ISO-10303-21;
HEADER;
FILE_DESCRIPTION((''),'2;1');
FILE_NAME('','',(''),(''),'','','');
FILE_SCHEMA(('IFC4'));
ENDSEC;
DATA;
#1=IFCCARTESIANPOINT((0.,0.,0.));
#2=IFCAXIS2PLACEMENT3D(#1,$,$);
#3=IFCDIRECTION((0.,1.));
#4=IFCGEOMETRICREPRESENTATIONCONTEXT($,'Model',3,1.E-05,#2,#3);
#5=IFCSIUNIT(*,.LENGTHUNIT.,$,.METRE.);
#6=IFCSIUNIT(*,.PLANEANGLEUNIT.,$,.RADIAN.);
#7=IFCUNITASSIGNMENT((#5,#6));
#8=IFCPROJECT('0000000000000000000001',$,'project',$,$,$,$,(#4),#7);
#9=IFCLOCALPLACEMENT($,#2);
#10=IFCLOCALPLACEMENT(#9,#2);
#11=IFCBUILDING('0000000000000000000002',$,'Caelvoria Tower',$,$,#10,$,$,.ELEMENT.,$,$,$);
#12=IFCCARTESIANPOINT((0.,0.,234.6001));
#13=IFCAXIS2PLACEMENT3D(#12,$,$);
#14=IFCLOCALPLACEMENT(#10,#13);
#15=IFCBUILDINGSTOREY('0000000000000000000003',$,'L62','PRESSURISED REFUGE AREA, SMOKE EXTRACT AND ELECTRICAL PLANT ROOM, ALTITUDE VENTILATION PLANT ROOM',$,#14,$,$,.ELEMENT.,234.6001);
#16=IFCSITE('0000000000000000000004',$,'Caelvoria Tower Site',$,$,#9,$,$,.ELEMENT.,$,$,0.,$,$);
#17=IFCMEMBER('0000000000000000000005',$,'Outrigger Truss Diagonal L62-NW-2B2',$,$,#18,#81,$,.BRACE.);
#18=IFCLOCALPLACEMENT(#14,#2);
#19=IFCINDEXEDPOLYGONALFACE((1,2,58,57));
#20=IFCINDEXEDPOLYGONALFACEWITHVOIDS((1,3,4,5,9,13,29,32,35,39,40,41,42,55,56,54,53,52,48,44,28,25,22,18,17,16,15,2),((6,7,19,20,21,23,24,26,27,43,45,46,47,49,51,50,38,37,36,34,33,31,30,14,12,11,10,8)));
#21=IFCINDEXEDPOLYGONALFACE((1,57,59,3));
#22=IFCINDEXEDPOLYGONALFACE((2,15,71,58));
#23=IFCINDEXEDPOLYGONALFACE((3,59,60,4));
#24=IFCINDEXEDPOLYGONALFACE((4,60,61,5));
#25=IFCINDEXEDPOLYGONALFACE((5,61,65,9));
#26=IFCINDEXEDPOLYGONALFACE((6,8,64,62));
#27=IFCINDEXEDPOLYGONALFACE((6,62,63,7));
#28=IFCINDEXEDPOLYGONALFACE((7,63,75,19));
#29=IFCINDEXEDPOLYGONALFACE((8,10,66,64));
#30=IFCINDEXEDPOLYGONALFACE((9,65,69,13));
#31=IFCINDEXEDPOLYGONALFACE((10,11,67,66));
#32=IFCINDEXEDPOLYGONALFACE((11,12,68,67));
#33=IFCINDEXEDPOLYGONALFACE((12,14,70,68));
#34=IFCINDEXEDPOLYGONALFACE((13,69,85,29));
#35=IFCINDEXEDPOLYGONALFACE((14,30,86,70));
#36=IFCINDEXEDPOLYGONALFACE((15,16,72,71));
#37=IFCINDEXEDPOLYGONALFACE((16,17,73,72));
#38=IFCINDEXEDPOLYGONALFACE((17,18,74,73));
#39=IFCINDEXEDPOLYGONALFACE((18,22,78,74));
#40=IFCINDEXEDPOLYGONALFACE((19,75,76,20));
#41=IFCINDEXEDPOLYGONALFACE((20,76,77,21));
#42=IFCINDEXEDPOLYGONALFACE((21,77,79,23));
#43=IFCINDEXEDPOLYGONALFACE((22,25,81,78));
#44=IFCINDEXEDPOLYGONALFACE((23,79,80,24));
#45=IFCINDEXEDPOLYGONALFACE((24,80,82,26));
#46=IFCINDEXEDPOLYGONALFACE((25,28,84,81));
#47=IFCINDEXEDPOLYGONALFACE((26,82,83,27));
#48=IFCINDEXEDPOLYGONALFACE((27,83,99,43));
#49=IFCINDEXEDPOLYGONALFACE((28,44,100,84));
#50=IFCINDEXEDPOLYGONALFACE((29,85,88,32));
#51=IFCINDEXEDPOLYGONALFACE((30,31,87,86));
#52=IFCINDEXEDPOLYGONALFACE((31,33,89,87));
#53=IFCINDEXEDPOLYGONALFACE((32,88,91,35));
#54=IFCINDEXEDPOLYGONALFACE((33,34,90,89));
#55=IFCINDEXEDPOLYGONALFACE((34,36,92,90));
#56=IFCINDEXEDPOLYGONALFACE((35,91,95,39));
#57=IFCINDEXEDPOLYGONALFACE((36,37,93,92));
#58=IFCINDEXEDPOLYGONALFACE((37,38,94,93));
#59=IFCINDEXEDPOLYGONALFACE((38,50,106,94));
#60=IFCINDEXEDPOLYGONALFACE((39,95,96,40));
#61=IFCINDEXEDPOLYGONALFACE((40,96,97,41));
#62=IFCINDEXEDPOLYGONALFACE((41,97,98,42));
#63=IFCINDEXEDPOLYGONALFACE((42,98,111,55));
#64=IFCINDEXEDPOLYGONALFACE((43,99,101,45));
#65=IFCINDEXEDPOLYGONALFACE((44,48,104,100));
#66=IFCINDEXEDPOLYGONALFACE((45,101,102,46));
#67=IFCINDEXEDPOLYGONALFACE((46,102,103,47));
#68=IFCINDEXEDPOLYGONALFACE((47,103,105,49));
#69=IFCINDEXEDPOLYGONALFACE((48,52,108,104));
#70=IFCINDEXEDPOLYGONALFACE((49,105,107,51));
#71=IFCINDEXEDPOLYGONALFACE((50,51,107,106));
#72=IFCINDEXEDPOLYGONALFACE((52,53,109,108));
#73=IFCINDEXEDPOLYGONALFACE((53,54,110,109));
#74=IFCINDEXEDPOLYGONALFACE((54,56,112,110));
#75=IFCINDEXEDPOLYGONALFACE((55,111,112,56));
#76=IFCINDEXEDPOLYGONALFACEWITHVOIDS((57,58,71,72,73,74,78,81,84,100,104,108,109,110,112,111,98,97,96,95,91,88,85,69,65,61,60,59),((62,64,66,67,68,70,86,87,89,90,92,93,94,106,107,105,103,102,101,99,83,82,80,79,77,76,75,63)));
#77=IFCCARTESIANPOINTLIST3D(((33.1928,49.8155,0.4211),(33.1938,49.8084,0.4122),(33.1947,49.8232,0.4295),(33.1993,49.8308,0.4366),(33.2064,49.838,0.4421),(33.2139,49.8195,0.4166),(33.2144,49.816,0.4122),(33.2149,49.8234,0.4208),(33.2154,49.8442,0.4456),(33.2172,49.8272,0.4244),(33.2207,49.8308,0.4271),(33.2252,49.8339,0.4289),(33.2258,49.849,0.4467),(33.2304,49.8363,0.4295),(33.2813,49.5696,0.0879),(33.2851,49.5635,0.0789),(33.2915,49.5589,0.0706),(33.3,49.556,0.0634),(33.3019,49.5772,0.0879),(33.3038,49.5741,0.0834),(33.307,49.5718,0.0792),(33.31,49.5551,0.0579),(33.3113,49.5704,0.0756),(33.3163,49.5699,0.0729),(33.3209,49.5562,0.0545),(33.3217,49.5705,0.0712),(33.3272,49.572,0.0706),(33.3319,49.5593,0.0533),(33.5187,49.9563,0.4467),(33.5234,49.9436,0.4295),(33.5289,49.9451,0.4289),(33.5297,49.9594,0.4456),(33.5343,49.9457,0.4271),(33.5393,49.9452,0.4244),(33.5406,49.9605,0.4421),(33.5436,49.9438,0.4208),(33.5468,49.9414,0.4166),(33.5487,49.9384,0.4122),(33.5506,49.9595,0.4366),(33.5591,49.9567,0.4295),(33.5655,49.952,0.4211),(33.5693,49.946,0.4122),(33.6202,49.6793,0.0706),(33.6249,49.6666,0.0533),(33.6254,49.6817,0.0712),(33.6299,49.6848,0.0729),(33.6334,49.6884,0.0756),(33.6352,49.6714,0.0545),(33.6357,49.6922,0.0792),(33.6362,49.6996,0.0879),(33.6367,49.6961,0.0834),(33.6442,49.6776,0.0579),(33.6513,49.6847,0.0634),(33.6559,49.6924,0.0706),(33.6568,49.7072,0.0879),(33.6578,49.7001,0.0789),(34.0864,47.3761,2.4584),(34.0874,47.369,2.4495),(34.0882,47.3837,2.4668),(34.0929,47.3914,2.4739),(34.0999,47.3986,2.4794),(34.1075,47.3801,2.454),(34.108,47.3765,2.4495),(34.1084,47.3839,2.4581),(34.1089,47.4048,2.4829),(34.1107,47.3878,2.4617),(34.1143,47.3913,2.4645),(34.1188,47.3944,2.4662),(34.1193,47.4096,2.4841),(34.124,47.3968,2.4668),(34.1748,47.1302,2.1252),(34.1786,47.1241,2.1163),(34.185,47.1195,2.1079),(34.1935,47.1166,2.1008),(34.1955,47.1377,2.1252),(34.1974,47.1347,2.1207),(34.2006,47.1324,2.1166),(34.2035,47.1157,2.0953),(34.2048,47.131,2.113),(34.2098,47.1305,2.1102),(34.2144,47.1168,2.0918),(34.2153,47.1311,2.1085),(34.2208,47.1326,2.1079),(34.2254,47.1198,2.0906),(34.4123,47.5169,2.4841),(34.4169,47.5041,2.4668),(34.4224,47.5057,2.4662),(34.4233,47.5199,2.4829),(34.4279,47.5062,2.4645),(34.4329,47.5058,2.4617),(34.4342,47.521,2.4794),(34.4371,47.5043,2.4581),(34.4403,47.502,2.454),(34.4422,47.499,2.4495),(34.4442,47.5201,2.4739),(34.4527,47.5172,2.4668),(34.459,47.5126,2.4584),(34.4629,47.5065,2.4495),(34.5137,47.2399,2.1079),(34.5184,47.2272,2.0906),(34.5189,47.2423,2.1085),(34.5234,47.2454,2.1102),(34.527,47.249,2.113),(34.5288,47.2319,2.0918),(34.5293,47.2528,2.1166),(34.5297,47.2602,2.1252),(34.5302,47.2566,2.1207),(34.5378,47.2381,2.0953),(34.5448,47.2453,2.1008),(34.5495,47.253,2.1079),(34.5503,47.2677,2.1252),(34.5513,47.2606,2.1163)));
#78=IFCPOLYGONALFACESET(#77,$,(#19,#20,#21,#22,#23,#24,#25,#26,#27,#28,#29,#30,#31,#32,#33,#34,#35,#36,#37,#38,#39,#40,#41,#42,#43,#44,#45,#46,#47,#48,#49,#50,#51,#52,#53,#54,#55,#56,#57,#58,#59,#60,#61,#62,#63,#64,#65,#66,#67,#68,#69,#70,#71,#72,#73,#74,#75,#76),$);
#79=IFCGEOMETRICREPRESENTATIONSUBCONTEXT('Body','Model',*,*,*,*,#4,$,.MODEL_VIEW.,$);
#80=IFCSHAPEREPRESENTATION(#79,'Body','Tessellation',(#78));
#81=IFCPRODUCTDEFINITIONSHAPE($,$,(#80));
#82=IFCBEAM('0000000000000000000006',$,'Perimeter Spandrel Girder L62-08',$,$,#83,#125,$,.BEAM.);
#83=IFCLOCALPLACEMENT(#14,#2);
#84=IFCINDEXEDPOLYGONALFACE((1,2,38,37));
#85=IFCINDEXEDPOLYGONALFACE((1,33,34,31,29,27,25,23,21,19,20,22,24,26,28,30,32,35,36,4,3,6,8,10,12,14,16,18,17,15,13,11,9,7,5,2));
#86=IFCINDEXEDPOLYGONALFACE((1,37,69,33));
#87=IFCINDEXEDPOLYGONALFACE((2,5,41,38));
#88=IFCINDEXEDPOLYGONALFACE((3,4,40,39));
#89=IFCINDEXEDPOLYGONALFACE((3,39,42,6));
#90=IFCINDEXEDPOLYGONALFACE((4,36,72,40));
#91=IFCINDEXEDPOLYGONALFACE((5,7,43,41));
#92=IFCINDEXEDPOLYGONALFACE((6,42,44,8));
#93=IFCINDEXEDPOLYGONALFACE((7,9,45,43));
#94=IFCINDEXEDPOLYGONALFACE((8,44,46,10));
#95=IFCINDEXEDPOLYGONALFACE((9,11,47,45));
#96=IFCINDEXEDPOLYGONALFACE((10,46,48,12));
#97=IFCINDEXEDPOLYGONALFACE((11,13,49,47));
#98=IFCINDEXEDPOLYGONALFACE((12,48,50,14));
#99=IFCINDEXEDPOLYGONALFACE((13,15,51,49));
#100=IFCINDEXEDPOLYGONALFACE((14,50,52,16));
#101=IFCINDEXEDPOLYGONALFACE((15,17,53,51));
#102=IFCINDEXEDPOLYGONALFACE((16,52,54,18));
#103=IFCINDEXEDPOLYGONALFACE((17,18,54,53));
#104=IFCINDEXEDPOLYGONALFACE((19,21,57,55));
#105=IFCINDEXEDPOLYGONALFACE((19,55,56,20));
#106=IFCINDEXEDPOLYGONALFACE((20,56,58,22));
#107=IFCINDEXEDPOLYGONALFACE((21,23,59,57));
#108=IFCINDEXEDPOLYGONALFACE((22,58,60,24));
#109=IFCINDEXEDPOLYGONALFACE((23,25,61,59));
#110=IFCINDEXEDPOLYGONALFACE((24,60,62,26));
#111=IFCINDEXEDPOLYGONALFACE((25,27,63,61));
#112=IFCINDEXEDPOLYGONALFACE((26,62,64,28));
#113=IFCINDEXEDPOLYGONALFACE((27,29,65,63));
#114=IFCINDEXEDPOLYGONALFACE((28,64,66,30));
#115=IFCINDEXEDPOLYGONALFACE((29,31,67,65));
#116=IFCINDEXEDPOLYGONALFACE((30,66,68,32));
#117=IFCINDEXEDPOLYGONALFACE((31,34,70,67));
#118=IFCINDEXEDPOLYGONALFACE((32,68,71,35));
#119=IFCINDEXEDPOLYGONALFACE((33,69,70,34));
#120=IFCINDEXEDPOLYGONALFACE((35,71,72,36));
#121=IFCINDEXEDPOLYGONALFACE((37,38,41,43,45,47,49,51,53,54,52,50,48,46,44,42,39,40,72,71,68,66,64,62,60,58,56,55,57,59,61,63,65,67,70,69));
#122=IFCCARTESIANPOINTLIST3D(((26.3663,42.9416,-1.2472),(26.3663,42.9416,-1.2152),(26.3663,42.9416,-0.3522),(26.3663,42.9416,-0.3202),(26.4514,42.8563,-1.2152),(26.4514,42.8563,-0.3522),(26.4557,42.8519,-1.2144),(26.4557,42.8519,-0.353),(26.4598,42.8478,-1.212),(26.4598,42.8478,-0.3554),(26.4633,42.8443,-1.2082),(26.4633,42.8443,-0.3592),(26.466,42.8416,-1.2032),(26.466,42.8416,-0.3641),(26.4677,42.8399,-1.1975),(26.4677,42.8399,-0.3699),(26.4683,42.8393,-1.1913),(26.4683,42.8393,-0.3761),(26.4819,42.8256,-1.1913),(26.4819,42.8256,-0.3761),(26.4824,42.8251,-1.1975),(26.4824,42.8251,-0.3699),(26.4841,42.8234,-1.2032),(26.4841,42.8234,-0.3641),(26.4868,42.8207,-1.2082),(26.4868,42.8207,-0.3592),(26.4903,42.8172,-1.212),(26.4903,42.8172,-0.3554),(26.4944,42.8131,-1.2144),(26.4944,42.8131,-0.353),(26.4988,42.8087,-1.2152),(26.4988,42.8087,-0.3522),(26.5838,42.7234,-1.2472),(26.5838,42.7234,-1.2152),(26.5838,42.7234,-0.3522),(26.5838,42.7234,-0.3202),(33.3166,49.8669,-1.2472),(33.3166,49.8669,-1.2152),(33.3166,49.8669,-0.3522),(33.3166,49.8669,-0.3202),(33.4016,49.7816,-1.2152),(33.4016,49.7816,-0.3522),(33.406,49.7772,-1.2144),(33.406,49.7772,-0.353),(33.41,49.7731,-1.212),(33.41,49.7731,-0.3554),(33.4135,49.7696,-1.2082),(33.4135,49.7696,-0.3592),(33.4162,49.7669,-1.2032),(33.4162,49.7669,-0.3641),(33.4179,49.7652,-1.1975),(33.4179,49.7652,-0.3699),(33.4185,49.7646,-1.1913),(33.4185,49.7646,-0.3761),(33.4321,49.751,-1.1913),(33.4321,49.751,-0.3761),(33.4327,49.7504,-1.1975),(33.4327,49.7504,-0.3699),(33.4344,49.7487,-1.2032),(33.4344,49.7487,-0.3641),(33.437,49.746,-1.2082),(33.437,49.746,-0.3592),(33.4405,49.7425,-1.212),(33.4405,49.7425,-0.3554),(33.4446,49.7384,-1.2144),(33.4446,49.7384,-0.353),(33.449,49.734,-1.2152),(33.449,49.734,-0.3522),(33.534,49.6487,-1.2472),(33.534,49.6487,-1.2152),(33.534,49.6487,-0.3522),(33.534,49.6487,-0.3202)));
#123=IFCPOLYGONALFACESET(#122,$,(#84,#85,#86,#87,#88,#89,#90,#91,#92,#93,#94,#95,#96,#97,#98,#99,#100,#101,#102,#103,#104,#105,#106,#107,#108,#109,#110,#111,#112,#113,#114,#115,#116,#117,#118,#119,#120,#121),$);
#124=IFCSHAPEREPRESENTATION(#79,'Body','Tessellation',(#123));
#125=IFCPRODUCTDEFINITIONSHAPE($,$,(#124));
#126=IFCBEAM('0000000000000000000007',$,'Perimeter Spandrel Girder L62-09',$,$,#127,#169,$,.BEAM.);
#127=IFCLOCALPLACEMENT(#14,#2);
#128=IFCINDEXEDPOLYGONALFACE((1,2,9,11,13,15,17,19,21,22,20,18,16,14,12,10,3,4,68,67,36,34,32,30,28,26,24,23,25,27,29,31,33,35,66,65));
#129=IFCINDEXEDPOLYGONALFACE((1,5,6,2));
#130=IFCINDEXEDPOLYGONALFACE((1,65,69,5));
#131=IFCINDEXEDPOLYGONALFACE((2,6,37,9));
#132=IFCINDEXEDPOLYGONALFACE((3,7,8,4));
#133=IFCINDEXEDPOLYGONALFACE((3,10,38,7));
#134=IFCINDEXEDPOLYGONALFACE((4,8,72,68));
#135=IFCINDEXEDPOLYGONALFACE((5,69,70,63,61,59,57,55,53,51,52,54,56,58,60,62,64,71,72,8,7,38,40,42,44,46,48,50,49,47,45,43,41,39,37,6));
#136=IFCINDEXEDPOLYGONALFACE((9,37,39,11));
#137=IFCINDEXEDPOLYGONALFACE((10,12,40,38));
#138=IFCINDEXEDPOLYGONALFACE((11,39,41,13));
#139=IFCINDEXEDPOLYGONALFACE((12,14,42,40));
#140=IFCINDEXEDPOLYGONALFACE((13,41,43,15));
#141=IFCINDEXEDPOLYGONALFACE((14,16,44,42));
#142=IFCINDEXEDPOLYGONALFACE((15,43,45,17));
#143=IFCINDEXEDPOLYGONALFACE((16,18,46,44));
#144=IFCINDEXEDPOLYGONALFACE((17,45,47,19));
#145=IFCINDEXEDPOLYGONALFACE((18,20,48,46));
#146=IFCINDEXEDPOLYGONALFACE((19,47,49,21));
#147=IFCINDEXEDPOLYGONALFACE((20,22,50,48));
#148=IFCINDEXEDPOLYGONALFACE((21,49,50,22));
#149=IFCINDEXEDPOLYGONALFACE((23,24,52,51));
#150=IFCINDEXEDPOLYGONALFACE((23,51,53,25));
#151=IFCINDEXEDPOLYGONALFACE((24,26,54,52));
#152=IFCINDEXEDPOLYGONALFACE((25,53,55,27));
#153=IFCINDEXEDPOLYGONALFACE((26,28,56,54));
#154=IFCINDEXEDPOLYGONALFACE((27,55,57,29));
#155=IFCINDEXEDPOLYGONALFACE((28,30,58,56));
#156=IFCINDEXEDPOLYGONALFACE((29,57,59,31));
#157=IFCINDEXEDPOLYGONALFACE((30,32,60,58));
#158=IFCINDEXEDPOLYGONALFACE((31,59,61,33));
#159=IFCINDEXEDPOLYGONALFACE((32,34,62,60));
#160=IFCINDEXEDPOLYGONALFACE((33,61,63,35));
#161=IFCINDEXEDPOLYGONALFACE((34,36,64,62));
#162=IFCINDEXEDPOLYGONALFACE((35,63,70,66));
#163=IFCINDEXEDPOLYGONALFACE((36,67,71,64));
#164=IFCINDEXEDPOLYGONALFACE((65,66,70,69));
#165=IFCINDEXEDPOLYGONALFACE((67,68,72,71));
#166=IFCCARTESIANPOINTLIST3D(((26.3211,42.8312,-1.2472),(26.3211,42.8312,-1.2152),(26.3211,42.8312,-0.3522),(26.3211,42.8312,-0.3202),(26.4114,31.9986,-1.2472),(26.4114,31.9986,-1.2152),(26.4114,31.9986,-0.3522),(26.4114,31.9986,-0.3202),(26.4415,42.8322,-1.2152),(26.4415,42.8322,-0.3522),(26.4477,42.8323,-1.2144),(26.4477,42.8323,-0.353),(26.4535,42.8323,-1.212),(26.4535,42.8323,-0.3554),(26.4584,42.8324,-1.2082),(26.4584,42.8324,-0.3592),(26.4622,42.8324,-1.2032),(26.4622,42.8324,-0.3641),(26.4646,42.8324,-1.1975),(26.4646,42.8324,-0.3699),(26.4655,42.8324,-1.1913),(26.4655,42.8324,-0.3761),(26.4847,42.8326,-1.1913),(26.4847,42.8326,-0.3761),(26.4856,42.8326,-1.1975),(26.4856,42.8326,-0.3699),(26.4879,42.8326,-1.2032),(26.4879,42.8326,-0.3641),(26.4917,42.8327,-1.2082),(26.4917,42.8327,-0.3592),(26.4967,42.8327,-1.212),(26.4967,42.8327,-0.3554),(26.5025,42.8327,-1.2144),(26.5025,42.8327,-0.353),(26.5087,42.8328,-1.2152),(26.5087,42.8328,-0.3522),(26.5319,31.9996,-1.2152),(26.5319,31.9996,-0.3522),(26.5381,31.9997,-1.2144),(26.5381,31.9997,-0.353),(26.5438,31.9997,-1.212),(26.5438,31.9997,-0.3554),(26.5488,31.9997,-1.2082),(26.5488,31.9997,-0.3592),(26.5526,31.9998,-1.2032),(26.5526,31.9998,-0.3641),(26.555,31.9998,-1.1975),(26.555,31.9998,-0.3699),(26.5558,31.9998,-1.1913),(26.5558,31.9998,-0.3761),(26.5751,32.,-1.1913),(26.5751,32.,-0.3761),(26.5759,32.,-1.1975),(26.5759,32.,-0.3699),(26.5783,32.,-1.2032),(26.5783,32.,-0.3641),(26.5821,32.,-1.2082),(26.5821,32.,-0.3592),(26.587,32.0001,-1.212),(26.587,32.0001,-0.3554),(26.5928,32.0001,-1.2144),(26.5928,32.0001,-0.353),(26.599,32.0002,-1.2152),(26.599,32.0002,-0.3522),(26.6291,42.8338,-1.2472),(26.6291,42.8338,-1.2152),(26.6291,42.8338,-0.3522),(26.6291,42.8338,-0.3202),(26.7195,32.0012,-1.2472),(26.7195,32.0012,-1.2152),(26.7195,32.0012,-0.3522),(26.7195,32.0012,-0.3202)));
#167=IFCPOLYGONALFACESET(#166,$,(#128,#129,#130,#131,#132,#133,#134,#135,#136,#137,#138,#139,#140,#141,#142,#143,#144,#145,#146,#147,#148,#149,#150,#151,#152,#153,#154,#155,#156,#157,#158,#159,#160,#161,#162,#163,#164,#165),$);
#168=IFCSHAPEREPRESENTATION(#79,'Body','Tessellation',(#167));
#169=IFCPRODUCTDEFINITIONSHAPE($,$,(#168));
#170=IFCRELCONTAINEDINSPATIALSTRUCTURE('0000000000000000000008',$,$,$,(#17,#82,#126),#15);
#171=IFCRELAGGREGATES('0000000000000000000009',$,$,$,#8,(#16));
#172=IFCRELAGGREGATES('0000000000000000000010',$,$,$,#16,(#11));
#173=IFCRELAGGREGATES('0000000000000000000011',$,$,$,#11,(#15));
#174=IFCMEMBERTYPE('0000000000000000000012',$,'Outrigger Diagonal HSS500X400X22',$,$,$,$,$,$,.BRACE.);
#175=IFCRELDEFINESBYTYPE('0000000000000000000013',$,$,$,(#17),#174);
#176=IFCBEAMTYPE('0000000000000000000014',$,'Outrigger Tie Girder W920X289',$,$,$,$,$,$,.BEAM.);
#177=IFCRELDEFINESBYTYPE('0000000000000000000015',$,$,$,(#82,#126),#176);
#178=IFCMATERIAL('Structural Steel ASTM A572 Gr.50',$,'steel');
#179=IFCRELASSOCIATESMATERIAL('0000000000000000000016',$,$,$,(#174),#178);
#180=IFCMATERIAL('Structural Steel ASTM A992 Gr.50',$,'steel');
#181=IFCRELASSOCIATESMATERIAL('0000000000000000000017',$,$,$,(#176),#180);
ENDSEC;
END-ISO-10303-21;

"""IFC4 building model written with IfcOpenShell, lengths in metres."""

from ifc_helpers import new_model, si_unit, direction, frame, origin, origin_2d, place, context, subcontext, project, spatial, hollow_rectangle, i_section, extrude, material, material_profile, profile_set, type_object, element, save


model = new_model("IFC4")

# Units and contexts
model_context = context("Model", 3, precision=1e-05, world=origin(), true_north=direction((0.0, 1.0)))
body_context = subcontext(model_context, "Body", "Model", "MODEL_VIEW")
ifc_project = project(units=[si_unit("LENGTHUNIT", "METRE"), si_unit("PLANEANGLEUNIT", "RADIAN")], contexts=[model_context])

# Site, building, storey
site_placement = place(None, origin())
site = spatial("IfcSite", under=ifc_project, at=site_placement, Name="Caelvoria Tower Site", CompositionType="ELEMENT", RefElevation=0.0)
building_placement = place(site_placement, origin())
building = spatial("IfcBuilding", under=site, at=building_placement, Name="Caelvoria Tower", CompositionType="ELEMENT")
storey_placement = place(building_placement, frame((0.0, 0.0, 234.6001)))
storey = spatial("IfcBuildingStorey", under=building, at=storey_placement, Name="L62", Description="PRESSURISED REFUGE AREA, SMOKE EXTRACT AND ELECTRICAL PLANT ROOM, ALTITUDE VENTILATION PLANT ROOM", CompositionType="ELEMENT", Elevation=234.6001)

# Shared definitions
ifc_material_1 = material(Name="Structural Steel ASTM A572 Gr.50", Category="steel")

# Member
ifc_material_profile_1 = material_profile(ifc_material_1, hollow_rectangle(XDim=0.3999, YDim=0.5, WallThickness=0.022, InnerFilletRadius=0.022, OuterFilletRadius=0.0439, at=origin_2d()), Name="Structural Steel ASTM A572 Gr.50")
ifc_profile_set_1 = profile_set([ifc_material_profile_1], Name="HSS500X400X22 - Structural Steel ASTM A572 Gr.50")
member_type_1 = type_object("IfcMemberType", Name="Outrigger Diagonal HSS500X400X22", PredefinedType="BRACE", material=ifc_profile_set_1)
member_1_placement = place(storey_placement, frame((34.3188, 47.3184, 2.2874), z_axis=(-0.270648, 0.738883, -0.617091), x_axis=(-0.93899, -0.343945, 0.0)))
element("IfcMember", 1, at=member_1_placement, inside=storey, type_object=member_type_1, Name="Outrigger Truss Diagonal L62-NW-2B2", PredefinedType="BRACE", context=body_context, shape_type="SweptSolid", body=[
    extrude(hollow_rectangle(XDim=0.3999, YDim=0.5, WallThickness=0.022, InnerFilletRadius=0.022, OuterFilletRadius=0.0439, at=origin_2d()), origin(), (0.0, 0.0, 1.0), 3.3015),
])

# Beams
ifc_material_2 = material(Name="Structural Steel ASTM A992 Gr.50", Category="steel")
ifc_material_profile_2 = material_profile(ifc_material_2, i_section(OverallWidth=0.3081, OverallDepth=0.927, WebThickness=0.0193, FlangeThickness=0.032, FilletRadius=0.0239, at=origin_2d()), Name="Structural Steel ASTM A992 Gr.50")
ifc_profile_set_2 = profile_set([ifc_material_profile_2], Name="W920X289 - Structural Steel ASTM A992 Gr.50")
beam_type_1 = type_object("IfcBeamType", Name="Outrigger Tie Girder W920X289", PredefinedType="BEAM", material=ifc_profile_set_2)
beam_1_placement = place(storey_placement, frame((33.4253, 49.7578, -0.7837), z_axis=(-0.708375, -0.705837, 0.0), x_axis=(0.705837, -0.708375, 0.0)))
element("IfcBeam", 2, at=beam_1_placement, inside=storey, type_object=beam_type_1, Name="Perimeter Spandrel Girder L62-08", PredefinedType="BEAM", context=body_context, shape_type="SweptSolid", body=[
    extrude(i_section(OverallWidth=0.3081, OverallDepth=0.927, WebThickness=0.0193, FlangeThickness=0.032, FilletRadius=0.0239, at=origin_2d()), origin(), (0.0, 0.0, 1.0), 9.8115),
])
for number, where, z_axis, x_axis, name in (
    (3, (26.4751, 42.8325, -0.7837), (0.008339, -0.999965, 0.0), (0.999965, 0.008339, 0.0), "Perimeter Spandrel Girder L62-09"),
):
    element("IfcBeam", number, at=place(storey_placement, frame(where, z_axis=z_axis, x_axis=x_axis)), inside=storey, type_object=beam_type_1, Name=name, PredefinedType="BEAM", context=body_context, shape_type="SweptSolid", body=[
        extrude(i_section(OverallWidth=0.3081, OverallDepth=0.927, WebThickness=0.0193, FlangeThickness=0.032, FilletRadius=0.0239, at=origin_2d()), origin(), (0.0, 0.0, 1.0), 10.833),
    ])

save(model, "model.ifc")
